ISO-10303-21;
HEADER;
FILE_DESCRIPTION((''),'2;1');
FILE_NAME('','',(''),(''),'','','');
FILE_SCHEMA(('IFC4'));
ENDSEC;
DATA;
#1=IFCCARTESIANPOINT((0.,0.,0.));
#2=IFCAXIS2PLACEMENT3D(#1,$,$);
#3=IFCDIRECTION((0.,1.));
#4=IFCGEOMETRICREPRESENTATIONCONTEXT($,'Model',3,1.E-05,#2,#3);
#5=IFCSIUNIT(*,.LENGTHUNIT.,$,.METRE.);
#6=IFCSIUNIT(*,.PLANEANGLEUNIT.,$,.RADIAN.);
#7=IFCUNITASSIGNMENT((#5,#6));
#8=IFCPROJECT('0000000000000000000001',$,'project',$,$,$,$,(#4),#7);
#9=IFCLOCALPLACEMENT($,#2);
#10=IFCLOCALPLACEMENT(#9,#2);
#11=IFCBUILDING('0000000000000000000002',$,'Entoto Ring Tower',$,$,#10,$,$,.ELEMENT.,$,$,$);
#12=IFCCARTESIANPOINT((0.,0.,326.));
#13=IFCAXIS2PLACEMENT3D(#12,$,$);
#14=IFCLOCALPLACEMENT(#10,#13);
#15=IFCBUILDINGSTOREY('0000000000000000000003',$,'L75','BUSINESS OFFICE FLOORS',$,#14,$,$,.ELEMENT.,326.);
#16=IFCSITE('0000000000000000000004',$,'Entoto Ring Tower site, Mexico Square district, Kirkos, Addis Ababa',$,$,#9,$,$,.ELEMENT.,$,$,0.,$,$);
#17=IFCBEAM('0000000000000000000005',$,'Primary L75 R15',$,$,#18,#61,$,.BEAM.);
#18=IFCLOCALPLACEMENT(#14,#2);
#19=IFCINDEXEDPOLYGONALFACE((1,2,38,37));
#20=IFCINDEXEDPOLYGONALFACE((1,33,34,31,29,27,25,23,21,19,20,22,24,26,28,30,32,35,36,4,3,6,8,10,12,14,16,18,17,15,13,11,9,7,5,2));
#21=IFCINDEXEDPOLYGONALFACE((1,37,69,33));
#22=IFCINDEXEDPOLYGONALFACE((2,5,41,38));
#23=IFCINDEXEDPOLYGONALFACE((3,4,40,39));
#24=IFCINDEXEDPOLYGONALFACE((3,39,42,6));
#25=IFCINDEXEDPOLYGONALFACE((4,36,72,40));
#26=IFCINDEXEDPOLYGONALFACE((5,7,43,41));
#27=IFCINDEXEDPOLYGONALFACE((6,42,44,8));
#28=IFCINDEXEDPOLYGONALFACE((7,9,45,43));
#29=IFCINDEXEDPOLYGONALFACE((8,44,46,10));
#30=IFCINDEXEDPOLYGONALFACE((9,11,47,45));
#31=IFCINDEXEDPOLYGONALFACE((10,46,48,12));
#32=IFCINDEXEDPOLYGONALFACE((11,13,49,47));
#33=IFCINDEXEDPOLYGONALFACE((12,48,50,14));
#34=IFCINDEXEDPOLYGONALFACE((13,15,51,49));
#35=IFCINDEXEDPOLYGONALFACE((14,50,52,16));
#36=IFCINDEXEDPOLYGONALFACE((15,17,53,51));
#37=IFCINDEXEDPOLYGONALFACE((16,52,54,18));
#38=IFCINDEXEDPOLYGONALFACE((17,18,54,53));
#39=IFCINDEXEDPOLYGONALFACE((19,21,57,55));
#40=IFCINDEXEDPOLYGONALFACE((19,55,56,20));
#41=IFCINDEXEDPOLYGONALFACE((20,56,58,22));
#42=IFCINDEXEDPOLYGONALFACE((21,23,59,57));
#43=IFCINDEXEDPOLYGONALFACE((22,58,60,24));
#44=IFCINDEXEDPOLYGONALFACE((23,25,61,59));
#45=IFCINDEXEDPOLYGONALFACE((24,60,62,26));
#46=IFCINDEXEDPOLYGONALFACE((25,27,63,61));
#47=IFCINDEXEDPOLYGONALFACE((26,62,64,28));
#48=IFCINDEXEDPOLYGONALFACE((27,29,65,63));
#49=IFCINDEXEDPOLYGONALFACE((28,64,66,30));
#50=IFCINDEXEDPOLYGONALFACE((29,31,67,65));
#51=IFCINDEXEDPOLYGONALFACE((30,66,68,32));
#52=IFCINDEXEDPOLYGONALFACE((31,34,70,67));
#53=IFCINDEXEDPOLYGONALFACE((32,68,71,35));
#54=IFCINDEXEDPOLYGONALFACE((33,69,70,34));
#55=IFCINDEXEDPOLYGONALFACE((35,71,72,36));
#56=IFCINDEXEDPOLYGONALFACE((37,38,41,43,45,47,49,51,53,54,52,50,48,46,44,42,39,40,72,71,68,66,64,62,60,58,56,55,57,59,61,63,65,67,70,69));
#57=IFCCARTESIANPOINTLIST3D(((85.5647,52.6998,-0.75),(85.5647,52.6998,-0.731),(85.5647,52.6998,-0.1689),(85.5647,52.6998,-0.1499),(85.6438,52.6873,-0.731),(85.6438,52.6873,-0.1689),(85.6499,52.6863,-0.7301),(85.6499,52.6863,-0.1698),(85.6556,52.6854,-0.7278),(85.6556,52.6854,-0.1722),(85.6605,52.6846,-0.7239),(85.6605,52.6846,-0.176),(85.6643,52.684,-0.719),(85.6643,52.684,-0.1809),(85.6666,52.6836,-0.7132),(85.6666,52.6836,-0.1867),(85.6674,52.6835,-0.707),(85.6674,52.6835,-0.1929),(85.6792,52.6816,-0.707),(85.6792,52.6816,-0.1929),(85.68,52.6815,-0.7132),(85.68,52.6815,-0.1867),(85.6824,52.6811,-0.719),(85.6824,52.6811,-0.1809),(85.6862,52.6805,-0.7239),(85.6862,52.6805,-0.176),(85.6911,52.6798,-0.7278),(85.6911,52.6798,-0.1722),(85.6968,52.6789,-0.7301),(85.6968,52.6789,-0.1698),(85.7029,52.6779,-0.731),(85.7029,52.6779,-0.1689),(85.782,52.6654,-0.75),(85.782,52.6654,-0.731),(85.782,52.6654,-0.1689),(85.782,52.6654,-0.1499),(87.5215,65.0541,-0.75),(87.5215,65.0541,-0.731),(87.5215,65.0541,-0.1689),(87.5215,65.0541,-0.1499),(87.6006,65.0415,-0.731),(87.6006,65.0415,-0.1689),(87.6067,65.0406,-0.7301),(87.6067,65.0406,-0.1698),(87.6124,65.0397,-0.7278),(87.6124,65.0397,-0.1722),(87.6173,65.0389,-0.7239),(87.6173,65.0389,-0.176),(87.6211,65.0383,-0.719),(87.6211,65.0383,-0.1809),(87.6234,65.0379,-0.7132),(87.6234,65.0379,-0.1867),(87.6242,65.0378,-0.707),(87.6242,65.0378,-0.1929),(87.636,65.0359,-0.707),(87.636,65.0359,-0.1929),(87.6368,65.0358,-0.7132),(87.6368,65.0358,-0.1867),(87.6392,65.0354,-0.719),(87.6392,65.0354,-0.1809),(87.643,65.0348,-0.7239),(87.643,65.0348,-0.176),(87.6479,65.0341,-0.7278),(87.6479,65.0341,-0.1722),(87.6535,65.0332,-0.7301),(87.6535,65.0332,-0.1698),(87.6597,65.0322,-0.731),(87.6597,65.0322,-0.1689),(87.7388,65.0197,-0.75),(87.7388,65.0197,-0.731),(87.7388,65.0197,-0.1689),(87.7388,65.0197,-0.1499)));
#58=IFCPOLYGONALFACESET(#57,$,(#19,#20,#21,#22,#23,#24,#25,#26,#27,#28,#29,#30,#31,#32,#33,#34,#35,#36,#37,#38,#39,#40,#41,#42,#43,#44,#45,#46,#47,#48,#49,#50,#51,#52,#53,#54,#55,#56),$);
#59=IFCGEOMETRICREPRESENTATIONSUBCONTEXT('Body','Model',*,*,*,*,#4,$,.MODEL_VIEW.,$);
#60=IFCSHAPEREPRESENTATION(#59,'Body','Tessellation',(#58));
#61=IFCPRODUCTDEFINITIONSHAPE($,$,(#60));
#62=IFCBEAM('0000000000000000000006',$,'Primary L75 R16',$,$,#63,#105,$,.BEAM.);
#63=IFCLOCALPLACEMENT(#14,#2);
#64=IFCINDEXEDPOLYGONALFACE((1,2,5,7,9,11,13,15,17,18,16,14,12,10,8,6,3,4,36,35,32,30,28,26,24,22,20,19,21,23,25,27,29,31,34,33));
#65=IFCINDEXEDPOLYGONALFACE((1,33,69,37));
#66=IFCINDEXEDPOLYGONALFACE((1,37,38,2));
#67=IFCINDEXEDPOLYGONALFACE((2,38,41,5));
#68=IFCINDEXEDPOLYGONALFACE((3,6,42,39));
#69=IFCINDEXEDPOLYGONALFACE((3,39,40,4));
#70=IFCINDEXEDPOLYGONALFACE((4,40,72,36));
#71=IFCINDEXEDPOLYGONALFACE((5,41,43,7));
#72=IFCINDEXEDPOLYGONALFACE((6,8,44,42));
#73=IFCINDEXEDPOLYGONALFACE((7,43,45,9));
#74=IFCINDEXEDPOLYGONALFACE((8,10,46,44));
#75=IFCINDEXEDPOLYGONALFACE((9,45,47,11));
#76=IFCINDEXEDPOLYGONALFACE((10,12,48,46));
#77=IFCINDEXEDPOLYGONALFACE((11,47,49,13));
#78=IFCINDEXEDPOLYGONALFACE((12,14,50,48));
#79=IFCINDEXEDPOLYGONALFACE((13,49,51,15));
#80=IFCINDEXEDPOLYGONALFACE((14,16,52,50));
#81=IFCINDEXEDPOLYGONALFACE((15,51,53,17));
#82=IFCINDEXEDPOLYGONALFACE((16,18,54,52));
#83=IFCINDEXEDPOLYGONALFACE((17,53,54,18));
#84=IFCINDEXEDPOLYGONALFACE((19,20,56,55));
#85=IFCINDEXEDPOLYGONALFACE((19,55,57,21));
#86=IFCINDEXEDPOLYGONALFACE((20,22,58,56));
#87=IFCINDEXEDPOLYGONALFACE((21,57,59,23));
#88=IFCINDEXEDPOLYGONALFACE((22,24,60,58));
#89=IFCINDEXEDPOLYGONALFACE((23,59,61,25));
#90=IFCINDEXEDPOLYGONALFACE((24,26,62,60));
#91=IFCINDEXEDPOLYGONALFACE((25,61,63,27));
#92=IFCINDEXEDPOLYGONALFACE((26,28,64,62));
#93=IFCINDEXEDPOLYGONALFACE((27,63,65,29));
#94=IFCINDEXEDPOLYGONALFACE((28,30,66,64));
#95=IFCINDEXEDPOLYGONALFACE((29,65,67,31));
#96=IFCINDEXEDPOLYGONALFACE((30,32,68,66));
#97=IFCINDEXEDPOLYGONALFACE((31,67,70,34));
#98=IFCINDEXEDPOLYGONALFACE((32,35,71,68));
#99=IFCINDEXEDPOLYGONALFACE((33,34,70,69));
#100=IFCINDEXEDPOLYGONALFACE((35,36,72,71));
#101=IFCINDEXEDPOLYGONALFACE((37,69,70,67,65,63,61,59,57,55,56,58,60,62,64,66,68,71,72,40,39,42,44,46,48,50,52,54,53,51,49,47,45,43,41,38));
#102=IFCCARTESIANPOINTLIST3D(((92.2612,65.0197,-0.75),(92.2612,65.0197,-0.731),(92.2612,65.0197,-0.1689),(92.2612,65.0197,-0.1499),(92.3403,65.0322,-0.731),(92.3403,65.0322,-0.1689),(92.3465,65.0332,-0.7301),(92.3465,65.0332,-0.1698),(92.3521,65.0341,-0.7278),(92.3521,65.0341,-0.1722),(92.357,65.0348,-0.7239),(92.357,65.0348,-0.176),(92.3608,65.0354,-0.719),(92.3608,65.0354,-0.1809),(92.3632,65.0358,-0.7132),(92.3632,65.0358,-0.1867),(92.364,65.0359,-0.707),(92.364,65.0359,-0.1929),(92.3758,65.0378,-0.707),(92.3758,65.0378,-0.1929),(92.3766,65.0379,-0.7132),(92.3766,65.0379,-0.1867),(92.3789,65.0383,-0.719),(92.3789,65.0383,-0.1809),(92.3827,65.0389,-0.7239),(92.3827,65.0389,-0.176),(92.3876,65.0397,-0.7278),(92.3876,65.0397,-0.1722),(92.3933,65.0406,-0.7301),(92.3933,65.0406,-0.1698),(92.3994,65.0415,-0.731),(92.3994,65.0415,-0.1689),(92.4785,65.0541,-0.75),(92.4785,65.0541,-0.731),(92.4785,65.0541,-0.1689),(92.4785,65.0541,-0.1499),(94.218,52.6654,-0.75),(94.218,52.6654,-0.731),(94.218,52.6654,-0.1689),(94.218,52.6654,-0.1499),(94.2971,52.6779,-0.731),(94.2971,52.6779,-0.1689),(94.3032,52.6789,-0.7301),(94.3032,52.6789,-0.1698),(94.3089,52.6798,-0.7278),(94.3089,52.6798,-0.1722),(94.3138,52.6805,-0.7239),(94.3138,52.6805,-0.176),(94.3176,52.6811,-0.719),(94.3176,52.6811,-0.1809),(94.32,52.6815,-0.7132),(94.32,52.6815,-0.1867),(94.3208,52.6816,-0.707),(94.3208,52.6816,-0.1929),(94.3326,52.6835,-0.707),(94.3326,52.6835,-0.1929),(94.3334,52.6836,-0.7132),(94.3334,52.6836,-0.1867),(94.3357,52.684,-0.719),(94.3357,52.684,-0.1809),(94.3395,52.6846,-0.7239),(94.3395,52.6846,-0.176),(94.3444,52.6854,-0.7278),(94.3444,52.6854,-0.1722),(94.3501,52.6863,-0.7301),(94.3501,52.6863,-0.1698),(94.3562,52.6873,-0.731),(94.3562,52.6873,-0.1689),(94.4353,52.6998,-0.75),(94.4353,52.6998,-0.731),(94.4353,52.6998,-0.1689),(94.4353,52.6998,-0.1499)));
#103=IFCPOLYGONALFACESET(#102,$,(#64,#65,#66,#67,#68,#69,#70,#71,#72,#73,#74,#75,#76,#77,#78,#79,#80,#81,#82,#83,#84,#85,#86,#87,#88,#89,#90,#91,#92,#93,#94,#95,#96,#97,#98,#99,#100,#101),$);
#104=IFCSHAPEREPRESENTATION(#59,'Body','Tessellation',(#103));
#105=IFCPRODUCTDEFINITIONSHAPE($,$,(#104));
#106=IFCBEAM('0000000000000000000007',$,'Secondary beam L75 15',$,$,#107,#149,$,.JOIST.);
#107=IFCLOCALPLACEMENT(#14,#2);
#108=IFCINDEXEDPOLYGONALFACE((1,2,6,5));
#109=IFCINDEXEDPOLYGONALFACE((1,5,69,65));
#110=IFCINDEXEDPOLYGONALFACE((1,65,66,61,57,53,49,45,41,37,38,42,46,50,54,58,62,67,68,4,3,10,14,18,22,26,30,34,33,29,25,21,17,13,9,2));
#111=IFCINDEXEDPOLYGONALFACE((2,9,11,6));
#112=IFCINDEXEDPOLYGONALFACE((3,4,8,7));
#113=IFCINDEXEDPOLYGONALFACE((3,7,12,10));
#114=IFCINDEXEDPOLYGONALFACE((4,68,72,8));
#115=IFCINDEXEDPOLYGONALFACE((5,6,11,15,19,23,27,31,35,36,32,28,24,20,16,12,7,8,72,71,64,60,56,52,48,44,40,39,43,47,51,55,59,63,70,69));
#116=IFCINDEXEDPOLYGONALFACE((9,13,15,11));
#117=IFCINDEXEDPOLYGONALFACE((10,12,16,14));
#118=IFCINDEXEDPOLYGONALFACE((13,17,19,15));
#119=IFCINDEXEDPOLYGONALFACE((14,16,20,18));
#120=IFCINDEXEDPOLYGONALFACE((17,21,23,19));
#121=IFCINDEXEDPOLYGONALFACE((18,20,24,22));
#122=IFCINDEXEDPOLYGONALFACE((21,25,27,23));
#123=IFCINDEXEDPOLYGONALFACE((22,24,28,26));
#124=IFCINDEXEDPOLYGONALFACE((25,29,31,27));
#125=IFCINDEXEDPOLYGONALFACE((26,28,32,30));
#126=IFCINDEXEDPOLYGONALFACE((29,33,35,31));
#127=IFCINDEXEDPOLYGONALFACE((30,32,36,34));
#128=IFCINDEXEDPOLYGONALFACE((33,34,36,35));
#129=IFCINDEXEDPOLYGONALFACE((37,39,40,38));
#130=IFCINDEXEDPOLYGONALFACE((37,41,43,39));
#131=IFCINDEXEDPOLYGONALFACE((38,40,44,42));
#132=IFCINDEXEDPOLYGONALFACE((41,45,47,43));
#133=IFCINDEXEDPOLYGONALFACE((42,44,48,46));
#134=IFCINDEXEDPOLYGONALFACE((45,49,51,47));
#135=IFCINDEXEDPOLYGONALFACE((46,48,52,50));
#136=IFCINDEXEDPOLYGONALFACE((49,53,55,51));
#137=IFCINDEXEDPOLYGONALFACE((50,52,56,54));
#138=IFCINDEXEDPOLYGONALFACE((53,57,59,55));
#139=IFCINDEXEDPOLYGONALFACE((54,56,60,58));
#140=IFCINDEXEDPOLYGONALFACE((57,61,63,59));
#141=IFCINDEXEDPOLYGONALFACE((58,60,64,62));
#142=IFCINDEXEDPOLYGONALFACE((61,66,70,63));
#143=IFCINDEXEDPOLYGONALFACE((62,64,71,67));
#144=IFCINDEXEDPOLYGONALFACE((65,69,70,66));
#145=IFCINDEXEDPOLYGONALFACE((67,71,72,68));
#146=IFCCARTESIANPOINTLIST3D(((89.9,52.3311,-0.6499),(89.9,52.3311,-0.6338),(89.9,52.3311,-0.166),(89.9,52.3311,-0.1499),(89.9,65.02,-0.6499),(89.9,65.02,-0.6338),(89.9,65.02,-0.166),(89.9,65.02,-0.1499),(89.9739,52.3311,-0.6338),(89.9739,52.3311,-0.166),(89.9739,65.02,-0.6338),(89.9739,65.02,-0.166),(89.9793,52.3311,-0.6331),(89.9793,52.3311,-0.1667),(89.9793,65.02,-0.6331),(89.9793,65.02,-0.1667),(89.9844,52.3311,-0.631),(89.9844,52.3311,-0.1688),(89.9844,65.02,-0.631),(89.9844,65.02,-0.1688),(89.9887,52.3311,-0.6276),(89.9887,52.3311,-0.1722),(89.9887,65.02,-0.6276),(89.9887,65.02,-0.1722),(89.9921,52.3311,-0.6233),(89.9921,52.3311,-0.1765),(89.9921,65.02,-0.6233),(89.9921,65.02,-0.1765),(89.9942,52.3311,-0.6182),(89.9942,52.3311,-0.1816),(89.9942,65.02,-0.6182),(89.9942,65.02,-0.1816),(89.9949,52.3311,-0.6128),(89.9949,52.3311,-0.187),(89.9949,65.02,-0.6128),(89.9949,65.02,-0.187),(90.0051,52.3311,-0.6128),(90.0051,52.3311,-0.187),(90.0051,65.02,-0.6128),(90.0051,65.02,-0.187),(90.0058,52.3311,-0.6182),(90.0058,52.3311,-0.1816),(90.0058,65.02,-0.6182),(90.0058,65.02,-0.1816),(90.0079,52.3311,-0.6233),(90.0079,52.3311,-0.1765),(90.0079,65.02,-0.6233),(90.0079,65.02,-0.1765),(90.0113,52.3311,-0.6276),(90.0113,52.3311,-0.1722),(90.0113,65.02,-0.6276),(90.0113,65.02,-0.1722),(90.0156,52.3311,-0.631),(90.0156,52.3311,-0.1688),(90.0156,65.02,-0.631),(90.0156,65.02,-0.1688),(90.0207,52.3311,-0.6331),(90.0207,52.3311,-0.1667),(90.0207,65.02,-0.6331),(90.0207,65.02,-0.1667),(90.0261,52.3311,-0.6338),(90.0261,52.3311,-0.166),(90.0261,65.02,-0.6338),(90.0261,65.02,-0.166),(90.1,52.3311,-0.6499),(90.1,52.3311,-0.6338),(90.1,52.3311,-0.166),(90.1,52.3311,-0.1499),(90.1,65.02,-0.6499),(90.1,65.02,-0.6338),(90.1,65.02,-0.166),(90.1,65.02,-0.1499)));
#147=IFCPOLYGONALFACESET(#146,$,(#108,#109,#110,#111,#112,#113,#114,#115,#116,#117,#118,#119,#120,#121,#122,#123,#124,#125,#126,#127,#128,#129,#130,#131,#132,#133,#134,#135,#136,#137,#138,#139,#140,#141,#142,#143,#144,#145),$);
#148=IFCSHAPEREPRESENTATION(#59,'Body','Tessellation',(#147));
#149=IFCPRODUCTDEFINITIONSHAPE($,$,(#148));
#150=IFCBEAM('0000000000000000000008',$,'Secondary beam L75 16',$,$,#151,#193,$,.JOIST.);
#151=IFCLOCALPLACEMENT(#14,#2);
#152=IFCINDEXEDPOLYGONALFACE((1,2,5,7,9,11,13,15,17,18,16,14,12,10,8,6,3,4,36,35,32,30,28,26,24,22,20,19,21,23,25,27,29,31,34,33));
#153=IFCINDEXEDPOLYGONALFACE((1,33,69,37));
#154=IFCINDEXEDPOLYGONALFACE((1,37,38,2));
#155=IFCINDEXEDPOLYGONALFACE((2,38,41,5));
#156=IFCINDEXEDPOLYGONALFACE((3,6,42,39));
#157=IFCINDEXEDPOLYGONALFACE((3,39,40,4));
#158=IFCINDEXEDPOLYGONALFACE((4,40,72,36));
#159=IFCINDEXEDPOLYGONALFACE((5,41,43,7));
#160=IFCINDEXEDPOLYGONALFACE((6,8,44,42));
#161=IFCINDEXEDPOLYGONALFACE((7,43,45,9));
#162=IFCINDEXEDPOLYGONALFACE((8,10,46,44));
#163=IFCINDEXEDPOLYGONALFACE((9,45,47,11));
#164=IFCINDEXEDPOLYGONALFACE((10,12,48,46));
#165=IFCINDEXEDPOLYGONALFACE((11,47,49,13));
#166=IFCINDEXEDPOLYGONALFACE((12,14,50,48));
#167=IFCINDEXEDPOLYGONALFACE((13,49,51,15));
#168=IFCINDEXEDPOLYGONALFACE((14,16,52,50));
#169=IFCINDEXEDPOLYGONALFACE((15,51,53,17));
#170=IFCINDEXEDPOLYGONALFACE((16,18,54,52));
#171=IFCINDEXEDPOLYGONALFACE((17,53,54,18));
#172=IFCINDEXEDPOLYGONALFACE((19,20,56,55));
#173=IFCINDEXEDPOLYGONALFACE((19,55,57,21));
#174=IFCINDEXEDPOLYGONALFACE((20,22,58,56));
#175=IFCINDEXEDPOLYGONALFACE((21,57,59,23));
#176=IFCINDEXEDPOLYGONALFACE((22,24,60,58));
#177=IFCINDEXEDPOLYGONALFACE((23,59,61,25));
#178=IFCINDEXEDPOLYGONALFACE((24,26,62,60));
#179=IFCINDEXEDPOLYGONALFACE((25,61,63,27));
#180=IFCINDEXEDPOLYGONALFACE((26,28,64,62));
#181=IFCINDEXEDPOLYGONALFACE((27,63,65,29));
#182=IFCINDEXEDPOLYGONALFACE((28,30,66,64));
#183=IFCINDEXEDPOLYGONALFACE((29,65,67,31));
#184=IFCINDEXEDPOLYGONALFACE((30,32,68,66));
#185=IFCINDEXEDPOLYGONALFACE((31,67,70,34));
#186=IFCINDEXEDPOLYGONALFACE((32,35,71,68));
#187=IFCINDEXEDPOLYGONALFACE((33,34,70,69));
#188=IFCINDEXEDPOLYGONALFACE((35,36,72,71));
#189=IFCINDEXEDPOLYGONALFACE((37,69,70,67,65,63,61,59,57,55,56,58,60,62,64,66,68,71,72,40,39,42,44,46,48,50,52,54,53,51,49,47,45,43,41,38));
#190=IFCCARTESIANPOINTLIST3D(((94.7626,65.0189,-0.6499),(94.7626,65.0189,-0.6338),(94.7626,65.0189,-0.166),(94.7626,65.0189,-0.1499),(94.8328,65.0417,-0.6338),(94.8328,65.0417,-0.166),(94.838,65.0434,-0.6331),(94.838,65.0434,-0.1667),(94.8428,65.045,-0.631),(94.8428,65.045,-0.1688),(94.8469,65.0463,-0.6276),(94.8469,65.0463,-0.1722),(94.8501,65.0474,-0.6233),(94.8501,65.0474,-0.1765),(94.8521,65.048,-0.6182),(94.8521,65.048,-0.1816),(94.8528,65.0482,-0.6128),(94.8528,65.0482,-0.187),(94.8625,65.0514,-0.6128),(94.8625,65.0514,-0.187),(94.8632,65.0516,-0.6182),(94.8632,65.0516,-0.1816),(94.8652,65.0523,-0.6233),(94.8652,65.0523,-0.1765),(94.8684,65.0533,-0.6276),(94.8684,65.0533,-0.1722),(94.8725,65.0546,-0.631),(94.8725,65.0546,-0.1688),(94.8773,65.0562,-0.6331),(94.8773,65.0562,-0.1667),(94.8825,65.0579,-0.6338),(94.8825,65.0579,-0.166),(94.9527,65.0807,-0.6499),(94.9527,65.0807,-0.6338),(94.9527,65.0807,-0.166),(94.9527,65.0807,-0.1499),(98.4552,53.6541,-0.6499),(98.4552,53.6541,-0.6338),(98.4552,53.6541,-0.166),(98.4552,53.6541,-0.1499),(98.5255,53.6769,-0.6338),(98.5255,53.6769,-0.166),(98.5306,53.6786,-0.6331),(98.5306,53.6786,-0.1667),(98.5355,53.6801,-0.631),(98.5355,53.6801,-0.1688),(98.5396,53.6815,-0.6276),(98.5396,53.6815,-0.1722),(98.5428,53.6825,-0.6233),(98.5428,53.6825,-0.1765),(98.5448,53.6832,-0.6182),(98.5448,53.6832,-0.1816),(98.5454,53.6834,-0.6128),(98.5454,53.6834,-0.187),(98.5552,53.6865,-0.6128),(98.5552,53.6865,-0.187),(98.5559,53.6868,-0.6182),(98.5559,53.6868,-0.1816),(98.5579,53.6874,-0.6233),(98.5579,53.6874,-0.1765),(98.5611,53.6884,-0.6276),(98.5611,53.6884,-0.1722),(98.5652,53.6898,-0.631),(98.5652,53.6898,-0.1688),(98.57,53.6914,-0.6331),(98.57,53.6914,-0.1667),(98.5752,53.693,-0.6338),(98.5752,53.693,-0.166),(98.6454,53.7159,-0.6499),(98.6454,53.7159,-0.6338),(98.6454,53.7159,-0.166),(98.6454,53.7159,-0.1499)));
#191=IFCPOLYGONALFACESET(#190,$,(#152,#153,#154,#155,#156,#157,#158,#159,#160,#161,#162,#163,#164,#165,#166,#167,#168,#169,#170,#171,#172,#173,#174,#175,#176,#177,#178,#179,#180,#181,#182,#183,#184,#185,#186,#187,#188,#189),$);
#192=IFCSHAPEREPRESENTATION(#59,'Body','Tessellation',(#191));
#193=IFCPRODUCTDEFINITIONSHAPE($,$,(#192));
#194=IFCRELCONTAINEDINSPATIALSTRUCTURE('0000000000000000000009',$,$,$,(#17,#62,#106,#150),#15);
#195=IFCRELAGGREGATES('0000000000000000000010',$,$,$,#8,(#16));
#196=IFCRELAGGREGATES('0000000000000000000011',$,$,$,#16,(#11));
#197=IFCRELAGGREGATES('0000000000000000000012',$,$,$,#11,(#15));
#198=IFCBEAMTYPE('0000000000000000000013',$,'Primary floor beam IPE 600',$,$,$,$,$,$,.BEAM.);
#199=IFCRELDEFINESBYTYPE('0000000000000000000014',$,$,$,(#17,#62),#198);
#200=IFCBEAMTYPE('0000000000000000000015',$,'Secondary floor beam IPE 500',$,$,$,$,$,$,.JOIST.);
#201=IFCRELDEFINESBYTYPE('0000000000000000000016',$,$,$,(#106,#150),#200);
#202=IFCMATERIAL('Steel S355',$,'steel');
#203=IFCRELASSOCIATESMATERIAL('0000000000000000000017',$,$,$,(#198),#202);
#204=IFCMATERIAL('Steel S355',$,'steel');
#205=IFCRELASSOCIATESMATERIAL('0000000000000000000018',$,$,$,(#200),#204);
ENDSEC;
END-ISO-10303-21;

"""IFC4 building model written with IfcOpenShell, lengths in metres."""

from ifc_helpers import new_model, si_unit, direction, frame, origin, origin_2d, place, context, subcontext, project, spatial, i_section, extrude, material, material_profile, profile_set, type_object, element, save


model = new_model("IFC4")

# Units and contexts
model_context = context("Model", 3, precision=1e-05, world=origin(), true_north=direction((0.0, 1.0)))
body_context = subcontext(model_context, "Body", "Model", "MODEL_VIEW")
ifc_project = project(units=[si_unit("LENGTHUNIT", "METRE"), si_unit("PLANEANGLEUNIT", "RADIAN")], contexts=[model_context])

# Site, building, storey
site_placement = place(None, origin())
site = spatial("IfcSite", under=ifc_project, at=site_placement, Name="Entoto Ring Tower site, Mexico Square district, Kirkos, Addis Ababa", CompositionType="ELEMENT", RefElevation=0.0)
building_placement = place(site_placement, origin())
building = spatial("IfcBuilding", under=site, at=building_placement, Name="Entoto Ring Tower", CompositionType="ELEMENT")
storey_placement = place(building_placement, frame((0.0, 0.0, 326.0)))
storey = spatial("IfcBuildingStorey", under=building, at=storey_placement, Name="L75", Description="BUSINESS OFFICE FLOORS", CompositionType="ELEMENT", Elevation=326.0)

# Beams
ifc_material_1 = material(Name="Steel S355", Category="steel")
ifc_material_profile_1 = material_profile(ifc_material_1, i_section(OverallWidth=0.22, OverallDepth=0.6001, WebThickness=0.012, FlangeThickness=0.019, FilletRadius=0.0239, at=origin_2d()), Name="IPE 600")
ifc_profile_set_1 = profile_set([ifc_material_profile_1], Name="Steel S355")
beam_type_1 = type_object("IfcBeamType", Name="Primary floor beam IPE 600", PredefinedType="BEAM", material=ifc_profile_set_1)
for number, where, z_axis, x_axis, name in (
    (1, (87.6301, 65.0369, -0.45), (-0.15644, -0.987688, 0.0), (0.987688, -0.15644, 0.0), "Primary L75 R15"),
    (2, (92.3699, 65.0369, -0.45), (0.15644, -0.987688, 0.0), (0.987688, 0.15644, 0.0), "Primary L75 R16"),
):
    element("IfcBeam", number, at=place(storey_placement, frame(where, z_axis=z_axis, x_axis=x_axis)), inside=storey, type_object=beam_type_1, Name=name, PredefinedType="BEAM", context=body_context, shape_type="SweptSolid", body=[
        extrude(i_section(OverallWidth=0.22, OverallDepth=0.6001, WebThickness=0.012, FlangeThickness=0.019, FilletRadius=0.0239, at=origin_2d()), origin(), (0.0, 0.0, 1.0), 12.5083),
    ])
ifc_material_2 = material(Name="Steel S355", Category="steel")
ifc_material_profile_2 = material_profile(ifc_material_2, i_section(OverallWidth=0.2, OverallDepth=0.5, WebThickness=0.0103, FlangeThickness=0.0161, FilletRadius=0.021, at=origin_2d()), Name="IPE 500")
ifc_profile_set_2 = profile_set([ifc_material_profile_2], Name="Steel S355")
beam_type_2 = type_object("IfcBeamType", Name="Secondary floor beam IPE 500", PredefinedType="JOIST", material=ifc_profile_set_2)
beam_1_placement = place(storey_placement, frame((90.0, 65.02, -0.3999), z_axis=(0.0, -1.0, 0.0), x_axis=(1.0, 0.0, 0.0)))
element("IfcBeam", 3, at=beam_1_placement, inside=storey, type_object=beam_type_2, Name="Secondary beam L75 15", PredefinedType="JOIST", context=body_context, shape_type="SweptSolid", body=[
    extrude(i_section(OverallWidth=0.2, OverallDepth=0.5, WebThickness=0.0103, FlangeThickness=0.0161, FilletRadius=0.021, at=origin_2d()), origin(), (0.0, 0.0, 1.0), 12.689),
])
beam_2_placement = place(storey_placement, frame((94.8577, 65.0498, -0.3999), z_axis=(0.309017, -0.951057, 0.0), x_axis=(0.951057, 0.309017, 0.0)))
element("IfcBeam", 4, at=beam_2_placement, inside=storey, type_object=beam_type_2, Name="Secondary beam L75 16", PredefinedType="JOIST", context=body_context, shape_type="SweptSolid", body=[
    extrude(i_section(OverallWidth=0.2, OverallDepth=0.5, WebThickness=0.0103, FlangeThickness=0.0161, FilletRadius=0.021, at=origin_2d()), origin(), (0.0, 0.0, 1.0), 11.9497),
])

save(model, "model.ifc")
